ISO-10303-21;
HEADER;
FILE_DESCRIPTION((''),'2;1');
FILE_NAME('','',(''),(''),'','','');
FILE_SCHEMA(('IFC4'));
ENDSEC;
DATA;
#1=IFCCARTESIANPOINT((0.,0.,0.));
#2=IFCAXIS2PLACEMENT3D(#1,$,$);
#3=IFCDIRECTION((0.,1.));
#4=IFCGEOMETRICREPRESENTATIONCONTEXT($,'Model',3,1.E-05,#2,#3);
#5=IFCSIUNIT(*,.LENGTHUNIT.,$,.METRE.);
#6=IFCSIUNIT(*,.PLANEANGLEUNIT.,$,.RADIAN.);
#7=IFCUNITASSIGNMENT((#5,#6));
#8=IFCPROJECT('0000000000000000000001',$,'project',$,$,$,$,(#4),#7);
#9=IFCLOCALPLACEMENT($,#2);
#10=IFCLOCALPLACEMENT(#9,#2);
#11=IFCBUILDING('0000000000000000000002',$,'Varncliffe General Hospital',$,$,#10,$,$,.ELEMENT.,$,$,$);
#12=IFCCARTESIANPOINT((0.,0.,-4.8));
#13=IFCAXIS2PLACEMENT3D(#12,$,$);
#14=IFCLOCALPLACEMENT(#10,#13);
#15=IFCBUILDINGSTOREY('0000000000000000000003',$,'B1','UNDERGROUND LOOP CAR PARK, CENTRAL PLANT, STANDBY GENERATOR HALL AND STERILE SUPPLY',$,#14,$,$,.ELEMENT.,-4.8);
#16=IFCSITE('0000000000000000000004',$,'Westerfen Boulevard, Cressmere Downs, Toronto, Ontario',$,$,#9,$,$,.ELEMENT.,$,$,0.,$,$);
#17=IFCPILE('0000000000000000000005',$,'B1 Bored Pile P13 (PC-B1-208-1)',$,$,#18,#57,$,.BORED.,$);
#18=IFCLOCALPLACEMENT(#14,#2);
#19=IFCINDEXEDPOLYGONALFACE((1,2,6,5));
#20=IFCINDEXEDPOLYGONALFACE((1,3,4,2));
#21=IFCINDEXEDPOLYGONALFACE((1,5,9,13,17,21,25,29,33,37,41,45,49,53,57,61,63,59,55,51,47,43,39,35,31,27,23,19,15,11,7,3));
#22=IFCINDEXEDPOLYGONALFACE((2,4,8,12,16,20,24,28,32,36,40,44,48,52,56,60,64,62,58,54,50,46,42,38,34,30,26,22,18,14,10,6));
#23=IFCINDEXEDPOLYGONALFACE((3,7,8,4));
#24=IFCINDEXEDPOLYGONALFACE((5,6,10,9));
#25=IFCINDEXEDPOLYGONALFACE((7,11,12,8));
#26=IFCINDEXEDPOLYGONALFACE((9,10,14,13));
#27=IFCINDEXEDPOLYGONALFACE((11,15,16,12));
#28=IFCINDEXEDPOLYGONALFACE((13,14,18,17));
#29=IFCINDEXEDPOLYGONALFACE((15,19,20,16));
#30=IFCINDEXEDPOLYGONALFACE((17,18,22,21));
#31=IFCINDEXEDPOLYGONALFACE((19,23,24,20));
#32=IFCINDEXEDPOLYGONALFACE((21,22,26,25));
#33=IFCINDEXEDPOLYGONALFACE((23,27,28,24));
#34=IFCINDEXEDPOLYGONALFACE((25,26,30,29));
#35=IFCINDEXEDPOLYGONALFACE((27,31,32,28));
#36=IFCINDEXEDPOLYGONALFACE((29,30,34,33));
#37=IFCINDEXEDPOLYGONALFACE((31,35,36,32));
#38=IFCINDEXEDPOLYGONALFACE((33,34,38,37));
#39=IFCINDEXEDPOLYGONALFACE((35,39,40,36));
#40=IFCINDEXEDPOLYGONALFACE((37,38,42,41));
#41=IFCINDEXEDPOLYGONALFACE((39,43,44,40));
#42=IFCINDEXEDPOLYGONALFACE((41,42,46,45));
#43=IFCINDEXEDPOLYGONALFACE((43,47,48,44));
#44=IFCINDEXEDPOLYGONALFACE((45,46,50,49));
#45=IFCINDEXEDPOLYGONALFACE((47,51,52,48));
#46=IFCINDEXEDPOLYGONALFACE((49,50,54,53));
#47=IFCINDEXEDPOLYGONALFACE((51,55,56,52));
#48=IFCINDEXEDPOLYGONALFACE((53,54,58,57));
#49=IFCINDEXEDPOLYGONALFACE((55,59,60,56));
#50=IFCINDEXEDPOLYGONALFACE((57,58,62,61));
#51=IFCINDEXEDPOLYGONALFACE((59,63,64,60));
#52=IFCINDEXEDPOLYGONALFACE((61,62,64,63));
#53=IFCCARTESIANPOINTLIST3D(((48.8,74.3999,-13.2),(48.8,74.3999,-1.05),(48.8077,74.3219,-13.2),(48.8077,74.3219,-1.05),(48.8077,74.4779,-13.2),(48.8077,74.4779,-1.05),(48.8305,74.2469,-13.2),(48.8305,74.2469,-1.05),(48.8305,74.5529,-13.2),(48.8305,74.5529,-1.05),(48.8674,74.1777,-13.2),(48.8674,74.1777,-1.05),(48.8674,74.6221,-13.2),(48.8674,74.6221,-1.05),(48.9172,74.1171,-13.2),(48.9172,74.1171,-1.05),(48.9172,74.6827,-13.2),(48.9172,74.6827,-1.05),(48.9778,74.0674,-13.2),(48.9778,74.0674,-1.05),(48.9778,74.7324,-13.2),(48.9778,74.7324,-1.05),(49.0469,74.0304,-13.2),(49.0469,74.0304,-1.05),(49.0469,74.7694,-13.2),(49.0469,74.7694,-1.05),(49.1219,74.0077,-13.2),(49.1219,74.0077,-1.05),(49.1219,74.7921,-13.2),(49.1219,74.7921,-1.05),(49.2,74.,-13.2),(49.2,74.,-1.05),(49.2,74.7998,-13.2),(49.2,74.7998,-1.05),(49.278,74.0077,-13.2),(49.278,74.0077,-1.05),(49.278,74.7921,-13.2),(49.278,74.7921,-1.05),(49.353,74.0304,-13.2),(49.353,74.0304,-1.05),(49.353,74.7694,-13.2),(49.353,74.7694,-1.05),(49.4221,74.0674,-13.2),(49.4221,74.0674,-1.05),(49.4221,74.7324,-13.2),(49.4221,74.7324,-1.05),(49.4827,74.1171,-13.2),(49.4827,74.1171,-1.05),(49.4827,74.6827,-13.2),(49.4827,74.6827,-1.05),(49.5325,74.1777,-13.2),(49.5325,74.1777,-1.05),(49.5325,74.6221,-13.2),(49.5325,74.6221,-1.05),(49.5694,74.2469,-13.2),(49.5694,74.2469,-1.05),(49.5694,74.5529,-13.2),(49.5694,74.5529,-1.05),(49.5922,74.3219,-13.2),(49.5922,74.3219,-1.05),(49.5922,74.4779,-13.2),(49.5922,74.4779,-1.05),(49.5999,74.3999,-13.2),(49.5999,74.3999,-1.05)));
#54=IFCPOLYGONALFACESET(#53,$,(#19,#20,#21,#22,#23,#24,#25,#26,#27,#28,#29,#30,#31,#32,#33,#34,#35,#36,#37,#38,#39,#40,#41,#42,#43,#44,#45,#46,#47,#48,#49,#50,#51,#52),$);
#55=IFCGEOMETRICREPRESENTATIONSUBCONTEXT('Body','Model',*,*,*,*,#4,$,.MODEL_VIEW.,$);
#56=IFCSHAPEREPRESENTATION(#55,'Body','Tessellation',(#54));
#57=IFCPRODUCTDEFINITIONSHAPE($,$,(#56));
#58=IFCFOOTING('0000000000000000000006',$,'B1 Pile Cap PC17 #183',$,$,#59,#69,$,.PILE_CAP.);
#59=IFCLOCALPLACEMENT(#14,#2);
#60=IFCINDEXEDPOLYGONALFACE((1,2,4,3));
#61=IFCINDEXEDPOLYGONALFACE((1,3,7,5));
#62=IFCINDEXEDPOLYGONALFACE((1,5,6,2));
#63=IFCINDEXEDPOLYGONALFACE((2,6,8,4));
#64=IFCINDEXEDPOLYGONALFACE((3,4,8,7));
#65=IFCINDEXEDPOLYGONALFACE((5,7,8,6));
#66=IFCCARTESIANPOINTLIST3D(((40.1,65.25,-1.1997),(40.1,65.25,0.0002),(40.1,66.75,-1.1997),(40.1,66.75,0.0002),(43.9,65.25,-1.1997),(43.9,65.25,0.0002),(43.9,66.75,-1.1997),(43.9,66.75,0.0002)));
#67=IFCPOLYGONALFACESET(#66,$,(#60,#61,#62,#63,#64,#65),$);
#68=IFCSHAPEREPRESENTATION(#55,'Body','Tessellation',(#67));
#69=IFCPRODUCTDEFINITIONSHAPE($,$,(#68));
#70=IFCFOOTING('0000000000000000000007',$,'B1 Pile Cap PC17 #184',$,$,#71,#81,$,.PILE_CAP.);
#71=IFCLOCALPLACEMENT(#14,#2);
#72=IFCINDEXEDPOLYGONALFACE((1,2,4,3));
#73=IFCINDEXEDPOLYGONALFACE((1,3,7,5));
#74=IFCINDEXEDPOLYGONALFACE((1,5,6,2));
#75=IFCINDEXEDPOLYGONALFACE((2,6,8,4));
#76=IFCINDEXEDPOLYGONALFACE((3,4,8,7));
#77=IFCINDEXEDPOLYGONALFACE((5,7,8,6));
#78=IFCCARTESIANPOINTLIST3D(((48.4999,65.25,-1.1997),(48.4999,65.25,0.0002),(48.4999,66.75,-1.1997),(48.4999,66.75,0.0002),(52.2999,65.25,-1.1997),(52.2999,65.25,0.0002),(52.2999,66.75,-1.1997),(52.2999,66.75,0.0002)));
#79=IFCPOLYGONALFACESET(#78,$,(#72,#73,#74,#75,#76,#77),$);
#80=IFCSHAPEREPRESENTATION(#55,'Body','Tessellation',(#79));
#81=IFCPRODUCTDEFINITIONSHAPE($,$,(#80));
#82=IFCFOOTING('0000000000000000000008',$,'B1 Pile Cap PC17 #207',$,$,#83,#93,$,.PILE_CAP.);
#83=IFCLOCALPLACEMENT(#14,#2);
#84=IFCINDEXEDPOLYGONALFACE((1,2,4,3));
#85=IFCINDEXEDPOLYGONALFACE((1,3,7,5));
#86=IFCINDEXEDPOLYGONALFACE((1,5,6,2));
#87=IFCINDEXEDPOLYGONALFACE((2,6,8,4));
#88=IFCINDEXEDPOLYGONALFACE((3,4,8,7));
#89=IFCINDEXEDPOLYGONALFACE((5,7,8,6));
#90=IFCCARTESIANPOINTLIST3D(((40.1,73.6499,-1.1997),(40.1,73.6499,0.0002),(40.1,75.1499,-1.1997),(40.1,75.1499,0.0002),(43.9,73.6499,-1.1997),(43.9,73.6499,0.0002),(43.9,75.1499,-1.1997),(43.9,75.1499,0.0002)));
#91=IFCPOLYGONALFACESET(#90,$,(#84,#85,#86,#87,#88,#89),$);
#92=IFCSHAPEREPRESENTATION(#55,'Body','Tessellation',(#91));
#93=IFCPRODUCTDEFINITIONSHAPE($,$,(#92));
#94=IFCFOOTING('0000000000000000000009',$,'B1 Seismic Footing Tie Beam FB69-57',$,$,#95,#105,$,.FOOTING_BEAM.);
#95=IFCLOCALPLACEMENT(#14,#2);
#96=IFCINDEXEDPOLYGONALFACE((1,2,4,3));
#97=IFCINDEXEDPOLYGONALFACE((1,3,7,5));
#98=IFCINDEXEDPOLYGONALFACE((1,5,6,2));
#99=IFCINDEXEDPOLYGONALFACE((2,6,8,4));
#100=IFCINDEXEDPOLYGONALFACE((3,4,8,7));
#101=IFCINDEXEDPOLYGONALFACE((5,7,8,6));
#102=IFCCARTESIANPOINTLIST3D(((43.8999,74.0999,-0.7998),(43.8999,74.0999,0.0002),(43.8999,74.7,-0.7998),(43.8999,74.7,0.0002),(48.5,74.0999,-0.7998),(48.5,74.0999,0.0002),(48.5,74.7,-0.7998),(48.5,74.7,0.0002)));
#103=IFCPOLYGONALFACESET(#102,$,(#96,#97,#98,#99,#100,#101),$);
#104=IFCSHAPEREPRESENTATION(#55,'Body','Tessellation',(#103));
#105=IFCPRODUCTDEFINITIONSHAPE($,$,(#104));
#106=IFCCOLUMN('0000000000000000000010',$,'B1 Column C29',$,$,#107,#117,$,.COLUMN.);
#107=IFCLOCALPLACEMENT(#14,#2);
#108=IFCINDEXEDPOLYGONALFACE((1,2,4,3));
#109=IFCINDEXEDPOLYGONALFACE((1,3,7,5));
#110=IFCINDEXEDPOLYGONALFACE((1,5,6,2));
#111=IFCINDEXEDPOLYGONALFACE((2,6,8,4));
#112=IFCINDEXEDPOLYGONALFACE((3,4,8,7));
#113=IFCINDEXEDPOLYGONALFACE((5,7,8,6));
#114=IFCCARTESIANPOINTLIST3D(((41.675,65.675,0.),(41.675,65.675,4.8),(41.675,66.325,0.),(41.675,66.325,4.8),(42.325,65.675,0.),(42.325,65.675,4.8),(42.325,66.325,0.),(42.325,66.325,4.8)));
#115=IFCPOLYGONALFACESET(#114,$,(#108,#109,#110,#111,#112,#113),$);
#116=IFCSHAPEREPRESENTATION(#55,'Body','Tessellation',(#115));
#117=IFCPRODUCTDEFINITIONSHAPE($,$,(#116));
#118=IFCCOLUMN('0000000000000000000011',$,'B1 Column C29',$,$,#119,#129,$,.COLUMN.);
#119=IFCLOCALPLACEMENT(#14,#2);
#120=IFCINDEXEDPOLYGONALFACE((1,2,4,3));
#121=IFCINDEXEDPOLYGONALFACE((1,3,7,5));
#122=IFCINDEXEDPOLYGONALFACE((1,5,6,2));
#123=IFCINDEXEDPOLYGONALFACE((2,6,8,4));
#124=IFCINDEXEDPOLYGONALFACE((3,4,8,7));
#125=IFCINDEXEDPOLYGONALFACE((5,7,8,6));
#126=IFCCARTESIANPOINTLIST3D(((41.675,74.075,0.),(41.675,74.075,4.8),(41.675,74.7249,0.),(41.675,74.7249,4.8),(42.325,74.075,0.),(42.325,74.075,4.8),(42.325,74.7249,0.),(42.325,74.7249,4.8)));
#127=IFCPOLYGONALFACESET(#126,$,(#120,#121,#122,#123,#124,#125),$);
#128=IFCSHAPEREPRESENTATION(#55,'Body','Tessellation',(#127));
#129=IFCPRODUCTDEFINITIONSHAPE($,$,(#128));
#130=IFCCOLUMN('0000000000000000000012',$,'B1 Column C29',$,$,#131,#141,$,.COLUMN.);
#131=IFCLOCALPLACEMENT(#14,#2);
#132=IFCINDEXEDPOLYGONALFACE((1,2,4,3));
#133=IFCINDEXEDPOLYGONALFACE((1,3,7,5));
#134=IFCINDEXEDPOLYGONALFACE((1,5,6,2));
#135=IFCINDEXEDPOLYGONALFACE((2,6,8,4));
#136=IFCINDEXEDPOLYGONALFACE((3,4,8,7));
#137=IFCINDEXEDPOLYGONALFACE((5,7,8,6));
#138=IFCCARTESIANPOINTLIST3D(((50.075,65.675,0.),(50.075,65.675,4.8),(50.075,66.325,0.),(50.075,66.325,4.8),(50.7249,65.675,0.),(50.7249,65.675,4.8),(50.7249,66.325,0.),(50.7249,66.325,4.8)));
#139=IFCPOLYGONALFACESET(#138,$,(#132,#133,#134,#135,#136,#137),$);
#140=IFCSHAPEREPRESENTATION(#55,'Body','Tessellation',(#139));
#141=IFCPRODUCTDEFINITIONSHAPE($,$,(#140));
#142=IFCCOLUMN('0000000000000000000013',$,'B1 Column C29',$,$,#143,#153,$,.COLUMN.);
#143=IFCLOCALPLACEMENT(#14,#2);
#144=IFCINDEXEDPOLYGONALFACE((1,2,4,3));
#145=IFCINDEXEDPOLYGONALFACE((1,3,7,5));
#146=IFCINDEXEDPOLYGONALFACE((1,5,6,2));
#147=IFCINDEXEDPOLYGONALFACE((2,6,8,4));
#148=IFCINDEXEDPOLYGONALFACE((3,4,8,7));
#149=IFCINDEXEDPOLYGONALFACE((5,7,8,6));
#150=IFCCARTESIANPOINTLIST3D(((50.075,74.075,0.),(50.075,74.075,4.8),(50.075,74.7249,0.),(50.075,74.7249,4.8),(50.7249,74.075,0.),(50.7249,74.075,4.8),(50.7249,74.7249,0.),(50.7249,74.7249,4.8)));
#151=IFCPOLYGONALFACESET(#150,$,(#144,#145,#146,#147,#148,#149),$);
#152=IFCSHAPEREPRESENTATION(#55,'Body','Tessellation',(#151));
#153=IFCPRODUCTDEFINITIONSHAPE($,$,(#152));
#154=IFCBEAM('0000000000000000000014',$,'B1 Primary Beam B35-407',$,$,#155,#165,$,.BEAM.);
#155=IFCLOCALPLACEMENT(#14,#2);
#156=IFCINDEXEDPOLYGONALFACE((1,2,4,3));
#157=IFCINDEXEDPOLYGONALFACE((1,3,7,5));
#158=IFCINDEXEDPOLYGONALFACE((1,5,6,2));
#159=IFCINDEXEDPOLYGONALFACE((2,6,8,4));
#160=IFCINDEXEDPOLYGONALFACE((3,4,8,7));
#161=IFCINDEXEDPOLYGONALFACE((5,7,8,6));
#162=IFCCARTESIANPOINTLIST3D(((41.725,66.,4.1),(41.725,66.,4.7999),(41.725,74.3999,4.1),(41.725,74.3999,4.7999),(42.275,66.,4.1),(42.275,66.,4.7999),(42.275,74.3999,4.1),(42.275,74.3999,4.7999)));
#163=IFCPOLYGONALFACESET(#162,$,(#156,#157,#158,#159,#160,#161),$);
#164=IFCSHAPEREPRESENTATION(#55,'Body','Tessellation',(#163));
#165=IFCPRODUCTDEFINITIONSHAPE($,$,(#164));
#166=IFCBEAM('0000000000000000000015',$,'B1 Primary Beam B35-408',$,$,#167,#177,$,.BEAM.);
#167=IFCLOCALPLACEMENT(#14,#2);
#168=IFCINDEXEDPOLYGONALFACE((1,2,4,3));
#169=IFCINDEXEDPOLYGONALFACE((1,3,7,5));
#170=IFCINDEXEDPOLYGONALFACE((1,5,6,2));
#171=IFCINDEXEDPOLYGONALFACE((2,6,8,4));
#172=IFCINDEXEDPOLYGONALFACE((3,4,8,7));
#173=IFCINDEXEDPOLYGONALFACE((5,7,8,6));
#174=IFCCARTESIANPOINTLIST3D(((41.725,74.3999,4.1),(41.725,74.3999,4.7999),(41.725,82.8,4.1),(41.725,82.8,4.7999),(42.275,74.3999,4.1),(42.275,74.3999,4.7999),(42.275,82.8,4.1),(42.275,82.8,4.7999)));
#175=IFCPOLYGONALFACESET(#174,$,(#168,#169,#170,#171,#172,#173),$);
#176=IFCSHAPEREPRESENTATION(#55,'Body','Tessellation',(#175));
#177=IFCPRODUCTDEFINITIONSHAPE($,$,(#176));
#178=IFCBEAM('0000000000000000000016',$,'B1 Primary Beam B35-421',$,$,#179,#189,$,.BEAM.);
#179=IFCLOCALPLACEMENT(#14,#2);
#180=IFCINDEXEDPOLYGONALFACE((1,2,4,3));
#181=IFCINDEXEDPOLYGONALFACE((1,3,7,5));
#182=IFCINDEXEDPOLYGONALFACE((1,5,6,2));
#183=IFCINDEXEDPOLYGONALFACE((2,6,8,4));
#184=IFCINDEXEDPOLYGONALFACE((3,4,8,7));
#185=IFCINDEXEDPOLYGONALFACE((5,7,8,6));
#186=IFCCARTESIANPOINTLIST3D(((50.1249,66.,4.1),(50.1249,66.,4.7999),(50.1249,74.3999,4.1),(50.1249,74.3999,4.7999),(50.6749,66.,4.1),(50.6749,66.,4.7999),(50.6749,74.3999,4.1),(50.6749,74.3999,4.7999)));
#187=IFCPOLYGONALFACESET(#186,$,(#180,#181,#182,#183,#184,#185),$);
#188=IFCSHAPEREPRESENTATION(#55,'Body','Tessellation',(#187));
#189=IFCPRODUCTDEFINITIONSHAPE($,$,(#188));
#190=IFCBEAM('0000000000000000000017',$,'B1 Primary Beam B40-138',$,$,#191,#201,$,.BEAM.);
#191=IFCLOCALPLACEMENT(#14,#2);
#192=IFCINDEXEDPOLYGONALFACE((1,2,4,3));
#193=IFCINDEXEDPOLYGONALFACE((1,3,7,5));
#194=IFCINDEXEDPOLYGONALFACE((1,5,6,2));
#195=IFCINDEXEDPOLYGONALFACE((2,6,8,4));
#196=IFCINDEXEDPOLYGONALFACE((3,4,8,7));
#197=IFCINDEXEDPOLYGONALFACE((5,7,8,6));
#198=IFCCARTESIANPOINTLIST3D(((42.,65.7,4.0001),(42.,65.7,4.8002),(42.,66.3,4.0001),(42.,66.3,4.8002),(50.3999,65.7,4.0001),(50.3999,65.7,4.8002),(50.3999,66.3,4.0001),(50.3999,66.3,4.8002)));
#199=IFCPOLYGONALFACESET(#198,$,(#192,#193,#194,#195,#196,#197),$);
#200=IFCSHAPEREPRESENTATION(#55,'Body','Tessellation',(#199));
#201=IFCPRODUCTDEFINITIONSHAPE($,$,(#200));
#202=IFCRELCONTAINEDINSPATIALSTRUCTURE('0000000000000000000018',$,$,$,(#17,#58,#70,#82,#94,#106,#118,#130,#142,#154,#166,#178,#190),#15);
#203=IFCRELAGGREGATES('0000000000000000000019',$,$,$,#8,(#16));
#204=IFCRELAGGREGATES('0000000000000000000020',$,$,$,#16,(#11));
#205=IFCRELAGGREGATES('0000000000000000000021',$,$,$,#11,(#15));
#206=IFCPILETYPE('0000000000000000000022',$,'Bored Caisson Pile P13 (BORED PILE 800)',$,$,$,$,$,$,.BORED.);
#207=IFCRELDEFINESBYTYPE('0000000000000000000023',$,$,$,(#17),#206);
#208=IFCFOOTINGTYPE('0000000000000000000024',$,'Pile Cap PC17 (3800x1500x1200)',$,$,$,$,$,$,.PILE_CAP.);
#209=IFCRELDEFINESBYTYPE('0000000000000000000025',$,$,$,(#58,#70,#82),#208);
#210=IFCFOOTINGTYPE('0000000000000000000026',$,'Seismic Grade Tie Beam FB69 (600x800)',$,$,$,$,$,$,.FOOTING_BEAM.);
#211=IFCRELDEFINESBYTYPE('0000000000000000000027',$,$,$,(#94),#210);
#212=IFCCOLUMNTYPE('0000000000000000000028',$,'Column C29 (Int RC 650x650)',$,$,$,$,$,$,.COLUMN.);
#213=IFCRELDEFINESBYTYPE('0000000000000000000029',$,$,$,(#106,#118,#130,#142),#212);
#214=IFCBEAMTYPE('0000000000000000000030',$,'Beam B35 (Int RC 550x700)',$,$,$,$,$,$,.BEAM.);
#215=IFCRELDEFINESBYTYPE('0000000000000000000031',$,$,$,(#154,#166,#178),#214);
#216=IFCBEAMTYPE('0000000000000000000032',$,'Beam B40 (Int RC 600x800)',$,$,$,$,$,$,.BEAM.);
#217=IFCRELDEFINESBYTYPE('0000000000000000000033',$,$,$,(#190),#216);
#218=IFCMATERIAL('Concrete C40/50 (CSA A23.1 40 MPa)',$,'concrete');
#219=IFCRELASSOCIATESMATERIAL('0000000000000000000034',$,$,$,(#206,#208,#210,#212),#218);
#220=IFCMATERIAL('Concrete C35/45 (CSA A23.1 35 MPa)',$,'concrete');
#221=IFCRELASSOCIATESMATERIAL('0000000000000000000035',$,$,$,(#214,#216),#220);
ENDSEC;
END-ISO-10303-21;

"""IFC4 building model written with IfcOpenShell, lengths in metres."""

from ifc_helpers import new_model, si_unit, direction, frame, origin, origin_2d, place, context, subcontext, project, spatial, rectangle, circle, extrude, material, material_profile, profile_set, type_object, element, save


model = new_model("IFC4")

# Units and contexts
model_context = context("Model", 3, precision=1e-05, world=origin(), true_north=direction((0.0, 1.0)))
body_context = subcontext(model_context, "Body", "Model", "MODEL_VIEW")
ifc_project = project(units=[si_unit("LENGTHUNIT", "METRE"), si_unit("PLANEANGLEUNIT", "RADIAN")], contexts=[model_context])

# Site, building, storey
site_placement = place(None, origin())
site = spatial("IfcSite", under=ifc_project, at=site_placement, Name="Westerfen Boulevard, Cressmere Downs, Toronto, Ontario", CompositionType="ELEMENT", RefElevation=0.0)
building_placement = place(site_placement, origin())
building = spatial("IfcBuilding", under=site, at=building_placement, Name="Varncliffe General Hospital", CompositionType="ELEMENT")
storey_placement = place(building_placement, frame((0.0, 0.0, -4.8)))
storey = spatial("IfcBuildingStorey", under=building, at=storey_placement, Name="B1", Description="UNDERGROUND LOOP CAR PARK, CENTRAL PLANT, STANDBY GENERATOR HALL AND STERILE SUPPLY", CompositionType="ELEMENT", Elevation=-4.8)

# Pile
ifc_material_1 = material(Name="Concrete C40/50 (CSA A23.1 40 MPa)", Category="concrete")
ifc_material_profile_1 = material_profile(ifc_material_1, circle(Radius=0.3999, at=origin_2d()), Name="BORED PILE 800")
ifc_profile_set_1 = profile_set([ifc_material_profile_1], Name="Concrete C40/50 (CSA A23.1 40 MPa)")
pile_type = type_object("IfcPileType", Name="Bored Caisson Pile P13 (BORED PILE 800)", PredefinedType="BORED", material=ifc_profile_set_1)
for number, where, z_axis, x_axis, name in (
    (1, (49.2, 74.3999, -1.05), (0.0, 0.0, -1.0), (1.0, 0.0, 0.0), "B1 Bored Pile P13 (PC-B1-208-1)"),
):
    element("IfcPile", number, at=place(storey_placement, frame(where, z_axis=z_axis, x_axis=x_axis)), inside=storey, type_object=pile_type, Name=name, PredefinedType="BORED", context=body_context, shape_type="SweptSolid", body=[
        extrude(circle(Radius=0.3999, at=origin_2d()), origin(), (0.0, 0.0, 1.0), 12.1499),
    ])

# Footings
footing_type_1 = type_object("IfcFootingType", Name="Pile Cap PC17 (3800x1500x1200)", PredefinedType="PILE_CAP", material=ifc_material_1)
for number, where, z_axis, x_axis, name in (
    (2, (42.0, 66.0, -1.1997), (0.0, 0.0, 1.0), (1.0, 0.0, 0.0), "B1 Pile Cap PC17 #183"),
    (3, (50.3999, 66.0, -1.1997), (0.0, 0.0, 1.0), (1.0, 0.0, 0.0), "B1 Pile Cap PC17 #184"),
    (4, (42.0, 74.3999, -1.1997), (0.0, 0.0, 1.0), (1.0, 0.0, 0.0), "B1 Pile Cap PC17 #207"),
):
    element("IfcFooting", number, at=place(storey_placement, frame(where, z_axis=z_axis, x_axis=x_axis)), inside=storey, type_object=footing_type_1, Name=name, PredefinedType="PILE_CAP", context=body_context, shape_type="SweptSolid", body=[
        extrude(rectangle(XDim=3.8, YDim=1.5, at=origin_2d()), origin(), (0.0, 0.0, 1.0), 1.2),
    ])
footing_type_2 = type_object("IfcFootingType", Name="Seismic Grade Tie Beam FB69 (600x800)", PredefinedType="FOOTING_BEAM", material=ifc_material_1)
footing_placement = place(storey_placement, frame((46.2, 74.3999, -0.7998), z_axis=(0.0, 0.0, 1.0), x_axis=(1.0, 0.0, 0.0)))
element("IfcFooting", 5, at=footing_placement, inside=storey, type_object=footing_type_2, Name="B1 Seismic Footing Tie Beam FB69-57", PredefinedType="FOOTING_BEAM", context=body_context, shape_type="SweptSolid", body=[
    extrude(rectangle(XDim=4.6001, YDim=0.6001, at=origin_2d()), origin(), (0.0, 0.0, 1.0), 0.8),
])

# Columns
ifc_material_profile_2 = material_profile(ifc_material_1, rectangle(XDim=0.6499, YDim=0.6499, at=origin_2d()), Name="RC 650x650")
ifc_profile_set_2 = profile_set([ifc_material_profile_2], Name="Concrete C40/50 (CSA A23.1 40 MPa)")
column_type = type_object("IfcColumnType", Name="Column C29 (Int RC 650x650)", PredefinedType="COLUMN", material=ifc_profile_set_2)
for number, where, z_axis, x_axis, name in (
    (6, (42.0, 66.0, 0.0), (0.0, 0.0, 1.0), (1.0, 0.0, 0.0), "B1 Column C29"),
    (7, (42.0, 74.3999, 0.0), (0.0, 0.0, 1.0), (1.0, 0.0, 0.0), "B1 Column C29"),
    (8, (50.3999, 66.0, 0.0), (0.0, 0.0, 1.0), (1.0, 0.0, 0.0), "B1 Column C29"),
    (9, (50.3999, 74.3999, 0.0), (0.0, 0.0, 1.0), (1.0, 0.0, 0.0), "B1 Column C29"),
):
    element("IfcColumn", number, at=place(storey_placement, frame(where, z_axis=z_axis, x_axis=x_axis)), inside=storey, type_object=column_type, Name=name, PredefinedType="COLUMN", context=body_context, shape_type="SweptSolid", body=[
        extrude(rectangle(XDim=0.6499, YDim=0.6499, at=origin_2d()), origin(), (0.0, 0.0, 1.0), 4.8),
    ])

# Beams
ifc_material_2 = material(Name="Concrete C35/45 (CSA A23.1 35 MPa)", Category="concrete")
ifc_material_profile_3 = material_profile(ifc_material_2, rectangle(XDim=0.55, YDim=0.7, at=origin_2d()), Name="RC 550x700")
ifc_profile_set_3 = profile_set([ifc_material_profile_3], Name="Concrete C35/45 (CSA A23.1 35 MPa)")
beam_type_1 = type_object("IfcBeamType", Name="Beam B35 (Int RC 550x700)", PredefinedType="BEAM", material=ifc_profile_set_3)
beam_1_placement = place(storey_placement, frame((42.0, 66.0, 4.45), z_axis=(0.0, 1.0, 0.0), x_axis=(-1.0, 0.0, 0.0)))
element("IfcBeam", 10, at=beam_1_placement, inside=storey, type_object=beam_type_1, Name="B1 Primary Beam B35-407", PredefinedType="BEAM", context=body_context, shape_type="SweptSolid", body=[
    extrude(rectangle(XDim=0.55, YDim=0.7, at=origin_2d()), origin(), (0.0, 0.0, 1.0), 8.3999),
])
beam_2_placement = place(storey_placement, frame((42.0, 74.3999, 4.45), z_axis=(0.0, 1.0, 0.0), x_axis=(-1.0, 0.0, 0.0)))
element("IfcBeam", 11, at=beam_2_placement, inside=storey, type_object=beam_type_1, Name="B1 Primary Beam B35-408", PredefinedType="BEAM", context=body_context, shape_type="SweptSolid", body=[
    extrude(rectangle(XDim=0.55, YDim=0.7, at=origin_2d()), origin(), (0.0, 0.0, 1.0), 8.4001),
])
beam_3_placement = place(storey_placement, frame((50.3999, 66.0, 4.45), z_axis=(0.0, 1.0, 0.0), x_axis=(-1.0, 0.0, 0.0)))
element("IfcBeam", 12, at=beam_3_placement, inside=storey, type_object=beam_type_1, Name="B1 Primary Beam B35-421", PredefinedType="BEAM", context=body_context, shape_type="SweptSolid", body=[
    extrude(rectangle(XDim=0.55, YDim=0.7, at=origin_2d()), origin(), (0.0, 0.0, 1.0), 8.3999),
])
ifc_material_profile_4 = material_profile(ifc_material_2, rectangle(XDim=0.6001, YDim=0.8, at=origin_2d()), Name="RC 600x800")
ifc_profile_set_4 = profile_set([ifc_material_profile_4], Name="Concrete C35/45 (CSA A23.1 35 MPa)")
beam_type_2 = type_object("IfcBeamType", Name="Beam B40 (Int RC 600x800)", PredefinedType="BEAM", material=ifc_profile_set_4)
beam_4_placement = place(storey_placement, frame((42.0, 66.0, 4.4001), z_axis=(1.0, 0.0, 0.0), x_axis=(0.0, 1.0, 0.0)))
element("IfcBeam", 13, at=beam_4_placement, inside=storey, type_object=beam_type_2, Name="B1 Primary Beam B40-138", PredefinedType="BEAM", context=body_context, shape_type="SweptSolid", body=[
    extrude(rectangle(XDim=0.6001, YDim=0.8, at=origin_2d()), origin(), (0.0, 0.0, 1.0), 8.3999),
])

save(model, "model.ifc")
